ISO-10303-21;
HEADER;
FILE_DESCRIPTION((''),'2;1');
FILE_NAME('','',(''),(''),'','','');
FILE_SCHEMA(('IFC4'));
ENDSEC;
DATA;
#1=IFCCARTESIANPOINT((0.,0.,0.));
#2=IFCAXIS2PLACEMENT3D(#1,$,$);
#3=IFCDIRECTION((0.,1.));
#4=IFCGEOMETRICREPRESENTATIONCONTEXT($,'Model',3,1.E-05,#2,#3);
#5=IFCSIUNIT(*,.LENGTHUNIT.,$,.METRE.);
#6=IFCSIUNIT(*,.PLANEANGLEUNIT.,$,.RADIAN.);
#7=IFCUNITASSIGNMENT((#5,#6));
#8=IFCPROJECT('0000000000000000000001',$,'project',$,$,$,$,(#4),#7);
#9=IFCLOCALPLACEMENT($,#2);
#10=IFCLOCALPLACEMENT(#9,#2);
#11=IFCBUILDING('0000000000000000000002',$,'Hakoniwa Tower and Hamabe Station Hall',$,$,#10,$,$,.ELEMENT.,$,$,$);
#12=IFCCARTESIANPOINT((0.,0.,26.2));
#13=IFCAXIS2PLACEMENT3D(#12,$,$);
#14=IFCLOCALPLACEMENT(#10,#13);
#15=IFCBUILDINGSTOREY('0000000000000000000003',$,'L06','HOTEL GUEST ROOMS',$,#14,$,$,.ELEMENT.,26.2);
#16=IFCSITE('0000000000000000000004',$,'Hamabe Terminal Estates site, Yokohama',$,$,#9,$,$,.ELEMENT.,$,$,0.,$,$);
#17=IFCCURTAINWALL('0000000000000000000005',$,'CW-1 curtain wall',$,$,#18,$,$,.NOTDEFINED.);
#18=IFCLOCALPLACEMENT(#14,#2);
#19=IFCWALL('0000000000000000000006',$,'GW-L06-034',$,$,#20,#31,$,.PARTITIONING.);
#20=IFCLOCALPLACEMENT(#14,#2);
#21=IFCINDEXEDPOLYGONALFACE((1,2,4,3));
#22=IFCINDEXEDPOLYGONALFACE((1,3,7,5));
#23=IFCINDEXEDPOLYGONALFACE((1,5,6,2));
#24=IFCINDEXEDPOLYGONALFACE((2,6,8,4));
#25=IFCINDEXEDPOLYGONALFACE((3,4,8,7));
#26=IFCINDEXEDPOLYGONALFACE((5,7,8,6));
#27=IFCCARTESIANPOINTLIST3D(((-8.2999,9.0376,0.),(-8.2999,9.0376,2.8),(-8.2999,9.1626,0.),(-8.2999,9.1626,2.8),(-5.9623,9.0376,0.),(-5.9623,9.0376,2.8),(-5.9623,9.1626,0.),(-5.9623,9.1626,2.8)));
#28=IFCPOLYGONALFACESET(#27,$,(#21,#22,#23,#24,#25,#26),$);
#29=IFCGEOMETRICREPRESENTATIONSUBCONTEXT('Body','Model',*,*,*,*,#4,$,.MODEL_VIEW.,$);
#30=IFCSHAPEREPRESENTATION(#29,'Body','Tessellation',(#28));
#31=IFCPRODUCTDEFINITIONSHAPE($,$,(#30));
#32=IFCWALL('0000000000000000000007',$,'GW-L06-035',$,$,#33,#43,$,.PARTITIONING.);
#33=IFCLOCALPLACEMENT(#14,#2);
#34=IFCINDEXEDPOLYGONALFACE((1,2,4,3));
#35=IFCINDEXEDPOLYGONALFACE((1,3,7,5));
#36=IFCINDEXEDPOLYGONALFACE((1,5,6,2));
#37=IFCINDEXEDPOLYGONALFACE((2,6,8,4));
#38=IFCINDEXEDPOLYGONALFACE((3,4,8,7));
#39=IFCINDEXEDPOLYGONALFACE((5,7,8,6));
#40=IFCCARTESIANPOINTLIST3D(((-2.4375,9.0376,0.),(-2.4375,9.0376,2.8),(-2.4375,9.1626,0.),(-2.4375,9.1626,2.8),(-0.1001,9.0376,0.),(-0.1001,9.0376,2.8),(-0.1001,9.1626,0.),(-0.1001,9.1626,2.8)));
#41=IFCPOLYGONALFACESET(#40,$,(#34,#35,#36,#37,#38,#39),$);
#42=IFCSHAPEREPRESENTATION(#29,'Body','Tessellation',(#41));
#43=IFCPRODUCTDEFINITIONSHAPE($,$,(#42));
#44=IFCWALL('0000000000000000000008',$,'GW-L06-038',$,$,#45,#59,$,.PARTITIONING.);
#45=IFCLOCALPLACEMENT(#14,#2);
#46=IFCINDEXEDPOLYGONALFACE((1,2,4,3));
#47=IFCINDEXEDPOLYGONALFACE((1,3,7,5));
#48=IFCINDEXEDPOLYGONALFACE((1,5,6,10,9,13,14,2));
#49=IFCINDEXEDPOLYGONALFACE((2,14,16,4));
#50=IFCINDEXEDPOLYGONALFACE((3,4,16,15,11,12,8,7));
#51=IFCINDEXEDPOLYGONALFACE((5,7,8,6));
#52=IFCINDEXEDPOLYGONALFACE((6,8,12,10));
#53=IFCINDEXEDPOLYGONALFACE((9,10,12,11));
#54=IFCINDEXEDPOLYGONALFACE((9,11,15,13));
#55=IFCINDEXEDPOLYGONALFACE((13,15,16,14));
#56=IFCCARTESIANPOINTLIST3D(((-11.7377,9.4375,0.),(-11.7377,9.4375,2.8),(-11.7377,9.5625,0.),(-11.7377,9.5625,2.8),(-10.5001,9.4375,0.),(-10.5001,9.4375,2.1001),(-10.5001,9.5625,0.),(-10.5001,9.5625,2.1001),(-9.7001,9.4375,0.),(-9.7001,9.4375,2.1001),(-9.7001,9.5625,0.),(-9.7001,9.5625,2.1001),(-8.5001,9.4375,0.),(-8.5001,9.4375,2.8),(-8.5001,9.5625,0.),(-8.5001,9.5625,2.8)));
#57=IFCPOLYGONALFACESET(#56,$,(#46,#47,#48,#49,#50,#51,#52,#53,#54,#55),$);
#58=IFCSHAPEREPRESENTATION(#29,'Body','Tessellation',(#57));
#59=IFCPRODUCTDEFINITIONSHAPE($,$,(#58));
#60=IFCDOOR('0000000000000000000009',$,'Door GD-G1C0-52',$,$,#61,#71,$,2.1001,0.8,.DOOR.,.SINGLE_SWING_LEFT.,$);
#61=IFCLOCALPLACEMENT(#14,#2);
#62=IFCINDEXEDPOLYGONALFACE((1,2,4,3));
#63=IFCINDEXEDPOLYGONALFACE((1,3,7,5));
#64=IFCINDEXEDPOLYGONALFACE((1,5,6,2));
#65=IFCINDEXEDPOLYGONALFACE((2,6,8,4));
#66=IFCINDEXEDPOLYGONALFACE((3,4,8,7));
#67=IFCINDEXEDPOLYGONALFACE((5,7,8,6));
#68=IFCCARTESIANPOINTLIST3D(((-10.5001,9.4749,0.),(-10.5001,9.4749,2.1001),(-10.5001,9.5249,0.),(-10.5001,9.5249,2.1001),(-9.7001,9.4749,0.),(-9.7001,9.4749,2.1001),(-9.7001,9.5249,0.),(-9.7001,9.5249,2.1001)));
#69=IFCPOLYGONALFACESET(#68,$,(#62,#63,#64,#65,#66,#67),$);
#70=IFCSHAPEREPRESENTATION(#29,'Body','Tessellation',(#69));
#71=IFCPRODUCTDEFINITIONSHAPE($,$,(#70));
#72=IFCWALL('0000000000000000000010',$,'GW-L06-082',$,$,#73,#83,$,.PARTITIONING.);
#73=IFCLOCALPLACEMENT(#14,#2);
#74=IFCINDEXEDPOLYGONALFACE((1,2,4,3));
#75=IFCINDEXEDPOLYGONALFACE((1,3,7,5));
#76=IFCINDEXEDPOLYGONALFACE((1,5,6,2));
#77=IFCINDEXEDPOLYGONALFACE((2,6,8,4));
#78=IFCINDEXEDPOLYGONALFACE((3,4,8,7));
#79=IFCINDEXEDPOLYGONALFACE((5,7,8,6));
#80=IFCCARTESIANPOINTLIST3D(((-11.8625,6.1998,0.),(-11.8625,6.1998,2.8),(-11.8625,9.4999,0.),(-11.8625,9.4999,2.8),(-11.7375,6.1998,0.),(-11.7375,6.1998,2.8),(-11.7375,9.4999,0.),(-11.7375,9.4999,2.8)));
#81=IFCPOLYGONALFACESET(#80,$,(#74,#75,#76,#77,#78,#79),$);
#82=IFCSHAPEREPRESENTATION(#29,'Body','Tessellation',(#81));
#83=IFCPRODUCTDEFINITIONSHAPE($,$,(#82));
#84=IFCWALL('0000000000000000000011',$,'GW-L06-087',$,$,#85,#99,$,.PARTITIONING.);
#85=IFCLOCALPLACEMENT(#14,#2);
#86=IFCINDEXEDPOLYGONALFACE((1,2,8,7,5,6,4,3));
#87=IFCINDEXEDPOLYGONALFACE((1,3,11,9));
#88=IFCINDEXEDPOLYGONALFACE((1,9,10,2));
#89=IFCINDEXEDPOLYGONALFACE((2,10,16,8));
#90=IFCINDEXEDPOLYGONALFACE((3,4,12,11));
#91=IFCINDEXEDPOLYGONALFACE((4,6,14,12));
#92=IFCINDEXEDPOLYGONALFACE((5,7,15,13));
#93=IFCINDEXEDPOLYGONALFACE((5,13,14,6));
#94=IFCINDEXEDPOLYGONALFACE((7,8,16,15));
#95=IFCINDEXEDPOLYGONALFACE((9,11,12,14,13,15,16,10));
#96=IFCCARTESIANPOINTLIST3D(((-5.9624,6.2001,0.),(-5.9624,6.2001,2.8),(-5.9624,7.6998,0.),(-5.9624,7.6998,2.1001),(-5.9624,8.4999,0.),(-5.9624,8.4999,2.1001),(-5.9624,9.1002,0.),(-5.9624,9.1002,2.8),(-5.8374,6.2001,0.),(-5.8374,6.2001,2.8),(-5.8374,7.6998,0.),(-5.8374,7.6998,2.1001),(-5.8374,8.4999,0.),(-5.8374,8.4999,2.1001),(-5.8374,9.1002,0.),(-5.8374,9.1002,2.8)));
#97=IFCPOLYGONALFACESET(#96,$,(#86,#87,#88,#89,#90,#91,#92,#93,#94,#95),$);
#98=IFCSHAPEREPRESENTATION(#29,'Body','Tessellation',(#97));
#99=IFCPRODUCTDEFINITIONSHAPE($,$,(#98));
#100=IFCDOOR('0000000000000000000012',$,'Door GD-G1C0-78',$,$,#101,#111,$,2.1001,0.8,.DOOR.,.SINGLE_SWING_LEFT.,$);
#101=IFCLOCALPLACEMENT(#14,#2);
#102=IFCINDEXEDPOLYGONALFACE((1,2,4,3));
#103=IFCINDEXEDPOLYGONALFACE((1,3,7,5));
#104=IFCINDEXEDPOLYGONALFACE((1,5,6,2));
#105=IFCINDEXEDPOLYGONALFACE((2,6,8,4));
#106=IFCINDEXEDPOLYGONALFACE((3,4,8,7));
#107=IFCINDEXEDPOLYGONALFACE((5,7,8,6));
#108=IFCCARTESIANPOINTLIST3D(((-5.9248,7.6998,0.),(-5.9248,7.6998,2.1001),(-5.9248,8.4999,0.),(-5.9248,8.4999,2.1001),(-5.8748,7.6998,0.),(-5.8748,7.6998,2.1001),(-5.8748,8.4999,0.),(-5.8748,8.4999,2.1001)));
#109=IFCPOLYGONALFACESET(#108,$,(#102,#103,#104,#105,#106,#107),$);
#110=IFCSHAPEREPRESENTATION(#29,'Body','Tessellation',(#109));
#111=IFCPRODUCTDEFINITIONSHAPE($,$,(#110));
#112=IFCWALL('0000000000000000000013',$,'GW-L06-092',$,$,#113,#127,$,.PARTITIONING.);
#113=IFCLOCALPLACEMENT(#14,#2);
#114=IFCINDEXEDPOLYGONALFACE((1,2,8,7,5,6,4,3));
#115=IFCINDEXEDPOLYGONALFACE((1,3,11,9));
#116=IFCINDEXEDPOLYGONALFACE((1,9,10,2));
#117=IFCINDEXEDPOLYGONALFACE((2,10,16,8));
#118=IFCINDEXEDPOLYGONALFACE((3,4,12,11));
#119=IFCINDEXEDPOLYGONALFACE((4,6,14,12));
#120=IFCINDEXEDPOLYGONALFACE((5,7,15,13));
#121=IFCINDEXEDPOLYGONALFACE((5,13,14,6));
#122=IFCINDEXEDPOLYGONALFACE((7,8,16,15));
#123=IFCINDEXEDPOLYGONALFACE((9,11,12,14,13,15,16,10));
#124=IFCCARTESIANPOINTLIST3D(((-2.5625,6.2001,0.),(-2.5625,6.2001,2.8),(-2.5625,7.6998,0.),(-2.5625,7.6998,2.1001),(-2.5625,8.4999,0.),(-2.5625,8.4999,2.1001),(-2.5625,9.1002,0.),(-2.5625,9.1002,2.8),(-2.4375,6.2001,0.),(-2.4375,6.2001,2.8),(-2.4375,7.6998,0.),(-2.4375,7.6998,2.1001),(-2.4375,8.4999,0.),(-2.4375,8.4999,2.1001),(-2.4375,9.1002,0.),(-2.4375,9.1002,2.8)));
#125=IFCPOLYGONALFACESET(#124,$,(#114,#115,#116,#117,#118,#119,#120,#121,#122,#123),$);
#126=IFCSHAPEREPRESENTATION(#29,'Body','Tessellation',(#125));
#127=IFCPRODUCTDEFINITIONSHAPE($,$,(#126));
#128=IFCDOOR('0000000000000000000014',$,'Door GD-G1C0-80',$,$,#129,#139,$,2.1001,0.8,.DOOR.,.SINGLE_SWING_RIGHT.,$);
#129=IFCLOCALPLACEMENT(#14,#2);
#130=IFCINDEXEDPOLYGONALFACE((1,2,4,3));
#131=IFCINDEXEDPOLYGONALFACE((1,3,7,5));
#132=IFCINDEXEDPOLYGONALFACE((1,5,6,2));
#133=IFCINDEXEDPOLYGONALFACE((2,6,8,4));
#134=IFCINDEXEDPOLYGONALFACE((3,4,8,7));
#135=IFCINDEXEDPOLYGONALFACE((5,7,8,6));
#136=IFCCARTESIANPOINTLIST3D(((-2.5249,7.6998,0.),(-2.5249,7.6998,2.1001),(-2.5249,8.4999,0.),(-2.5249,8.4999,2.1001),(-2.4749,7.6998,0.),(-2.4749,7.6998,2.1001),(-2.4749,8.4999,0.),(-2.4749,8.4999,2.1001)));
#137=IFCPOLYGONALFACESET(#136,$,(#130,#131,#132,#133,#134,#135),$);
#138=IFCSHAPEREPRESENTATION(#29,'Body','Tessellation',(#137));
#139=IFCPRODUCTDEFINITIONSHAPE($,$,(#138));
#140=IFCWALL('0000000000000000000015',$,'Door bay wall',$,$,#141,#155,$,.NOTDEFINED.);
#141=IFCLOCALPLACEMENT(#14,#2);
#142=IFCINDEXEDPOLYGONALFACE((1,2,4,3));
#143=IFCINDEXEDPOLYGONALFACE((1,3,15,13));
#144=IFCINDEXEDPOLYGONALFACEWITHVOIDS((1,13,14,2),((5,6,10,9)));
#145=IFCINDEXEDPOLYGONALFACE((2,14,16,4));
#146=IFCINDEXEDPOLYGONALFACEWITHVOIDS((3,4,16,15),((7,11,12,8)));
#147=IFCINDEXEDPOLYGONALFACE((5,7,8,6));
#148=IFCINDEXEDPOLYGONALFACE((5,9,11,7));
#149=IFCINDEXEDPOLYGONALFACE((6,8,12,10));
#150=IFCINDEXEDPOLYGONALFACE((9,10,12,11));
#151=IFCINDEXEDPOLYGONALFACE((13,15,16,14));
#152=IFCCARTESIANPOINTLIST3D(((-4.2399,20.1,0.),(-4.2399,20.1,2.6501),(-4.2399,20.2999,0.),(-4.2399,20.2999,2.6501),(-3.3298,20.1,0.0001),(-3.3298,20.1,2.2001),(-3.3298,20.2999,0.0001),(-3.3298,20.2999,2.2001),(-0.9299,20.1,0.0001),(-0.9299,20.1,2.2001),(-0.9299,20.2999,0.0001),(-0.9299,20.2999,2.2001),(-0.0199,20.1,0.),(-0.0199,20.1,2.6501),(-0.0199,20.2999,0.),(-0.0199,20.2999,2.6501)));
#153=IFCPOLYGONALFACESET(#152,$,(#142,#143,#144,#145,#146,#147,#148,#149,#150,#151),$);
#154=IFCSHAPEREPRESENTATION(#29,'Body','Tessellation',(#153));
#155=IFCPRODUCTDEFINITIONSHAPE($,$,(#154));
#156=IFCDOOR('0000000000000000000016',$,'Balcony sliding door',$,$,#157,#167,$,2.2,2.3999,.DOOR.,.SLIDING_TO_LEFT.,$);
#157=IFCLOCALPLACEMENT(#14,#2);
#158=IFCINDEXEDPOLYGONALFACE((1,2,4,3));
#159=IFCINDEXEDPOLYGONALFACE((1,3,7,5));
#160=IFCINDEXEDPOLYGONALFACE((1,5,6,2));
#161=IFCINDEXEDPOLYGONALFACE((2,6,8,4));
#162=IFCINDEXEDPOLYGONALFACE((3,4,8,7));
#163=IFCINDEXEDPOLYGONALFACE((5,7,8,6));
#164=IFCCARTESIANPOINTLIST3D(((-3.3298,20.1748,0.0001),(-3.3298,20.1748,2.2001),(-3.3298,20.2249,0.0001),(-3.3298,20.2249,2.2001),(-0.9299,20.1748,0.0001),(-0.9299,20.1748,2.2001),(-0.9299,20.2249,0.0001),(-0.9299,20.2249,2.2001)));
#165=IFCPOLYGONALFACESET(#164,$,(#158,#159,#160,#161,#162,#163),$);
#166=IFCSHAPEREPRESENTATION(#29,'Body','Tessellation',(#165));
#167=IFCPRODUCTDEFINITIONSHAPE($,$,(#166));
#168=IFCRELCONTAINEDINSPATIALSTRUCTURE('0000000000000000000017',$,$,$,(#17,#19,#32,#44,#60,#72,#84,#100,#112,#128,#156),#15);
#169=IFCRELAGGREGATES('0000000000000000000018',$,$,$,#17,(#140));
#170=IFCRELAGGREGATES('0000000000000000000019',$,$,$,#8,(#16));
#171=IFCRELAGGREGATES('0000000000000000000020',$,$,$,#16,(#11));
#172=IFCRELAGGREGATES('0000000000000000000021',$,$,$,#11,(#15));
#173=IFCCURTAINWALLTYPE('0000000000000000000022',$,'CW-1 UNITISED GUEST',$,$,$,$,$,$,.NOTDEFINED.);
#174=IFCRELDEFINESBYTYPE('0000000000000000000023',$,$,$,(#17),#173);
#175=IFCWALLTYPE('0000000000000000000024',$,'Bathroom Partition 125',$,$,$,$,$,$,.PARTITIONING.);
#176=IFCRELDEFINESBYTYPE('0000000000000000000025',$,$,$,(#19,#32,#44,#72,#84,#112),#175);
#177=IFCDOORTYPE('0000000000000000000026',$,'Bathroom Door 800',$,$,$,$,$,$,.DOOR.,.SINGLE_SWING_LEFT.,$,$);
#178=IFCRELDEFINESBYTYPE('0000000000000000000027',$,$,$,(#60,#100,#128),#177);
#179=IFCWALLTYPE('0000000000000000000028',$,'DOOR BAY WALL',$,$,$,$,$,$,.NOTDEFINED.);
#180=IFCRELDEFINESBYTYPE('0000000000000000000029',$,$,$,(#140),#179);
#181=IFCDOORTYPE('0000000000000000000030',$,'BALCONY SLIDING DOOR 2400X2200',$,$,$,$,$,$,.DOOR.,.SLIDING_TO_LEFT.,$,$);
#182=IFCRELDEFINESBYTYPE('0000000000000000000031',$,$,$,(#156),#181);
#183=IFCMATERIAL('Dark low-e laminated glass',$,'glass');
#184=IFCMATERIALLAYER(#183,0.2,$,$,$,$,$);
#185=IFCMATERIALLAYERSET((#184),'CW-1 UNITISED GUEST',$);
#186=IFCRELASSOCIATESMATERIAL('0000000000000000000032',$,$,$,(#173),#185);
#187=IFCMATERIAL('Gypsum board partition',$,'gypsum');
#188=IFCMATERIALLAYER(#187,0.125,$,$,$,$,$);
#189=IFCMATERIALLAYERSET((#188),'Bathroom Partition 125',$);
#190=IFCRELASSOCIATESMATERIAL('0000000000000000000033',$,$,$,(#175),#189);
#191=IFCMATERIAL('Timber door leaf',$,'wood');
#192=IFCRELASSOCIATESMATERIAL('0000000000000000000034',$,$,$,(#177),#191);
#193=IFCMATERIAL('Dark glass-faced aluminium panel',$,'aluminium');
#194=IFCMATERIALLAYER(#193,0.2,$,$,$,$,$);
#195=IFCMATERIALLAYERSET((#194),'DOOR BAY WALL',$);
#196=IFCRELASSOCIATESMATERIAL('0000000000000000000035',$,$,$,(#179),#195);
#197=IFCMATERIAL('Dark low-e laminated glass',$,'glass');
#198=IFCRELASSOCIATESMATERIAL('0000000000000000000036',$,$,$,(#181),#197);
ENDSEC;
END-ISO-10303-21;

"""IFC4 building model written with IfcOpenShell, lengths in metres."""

from ifc_helpers import new_model, si_unit, direction, frame, frame_2d, origin, place, context, subcontext, project, spatial, rectangle, extrude, material, layer, layer_set, type_object, element, fill, aggregate, save


model = new_model("IFC4")

# Units and contexts
model_context = context("Model", 3, precision=1e-05, world=origin(), true_north=direction((0.0, 1.0)))
body_context = subcontext(model_context, "Body", "Model", "MODEL_VIEW")
ifc_project = project(units=[si_unit("LENGTHUNIT", "METRE"), si_unit("PLANEANGLEUNIT", "RADIAN")], contexts=[model_context])

# Site, building, storey
site_placement = place(None, origin())
site = spatial("IfcSite", under=ifc_project, at=site_placement, Name="Hamabe Terminal Estates site, Yokohama", CompositionType="ELEMENT", RefElevation=0.0)
building_placement = place(site_placement, origin())
building = spatial("IfcBuilding", under=site, at=building_placement, Name="Hakoniwa Tower and Hamabe Station Hall", CompositionType="ELEMENT")
storey_placement = place(building_placement, frame((0.0, 0.0, 26.2)))
storey = spatial("IfcBuildingStorey", under=building, at=storey_placement, Name="L06", Description="HOTEL GUEST ROOMS", CompositionType="ELEMENT", Elevation=26.2)

# Curtain wall
ifc_material_1 = material(Name="Dark low-e laminated glass", Category="glass")
ifc_layer_1 = layer(ifc_material_1, 0.2)
ifc_layer_set_1 = layer_set([ifc_layer_1], Name="CW-1 UNITISED GUEST")
curtain_wall_type = type_object("IfcCurtainWallType", Name="CW-1 UNITISED GUEST", PredefinedType="NOTDEFINED", material=ifc_layer_set_1)
curtain_wall_1_placement = place(storey_placement, origin())
curtain_wall_1 = element("IfcCurtainWall", 1, at=curtain_wall_1_placement, inside=storey, type_object=curtain_wall_type, Name="CW-1 curtain wall", PredefinedType="NOTDEFINED")

# Walls
ifc_material_2 = material(Name="Gypsum board partition", Category="gypsum")
ifc_layer_2 = layer(ifc_material_2, 0.125)
ifc_layer_set_2 = layer_set([ifc_layer_2], Name="Bathroom Partition 125")
wall_type_1 = type_object("IfcWallType", Name="Bathroom Partition 125", PredefinedType="PARTITIONING", material=ifc_layer_set_2)
wall_1_placement = place(storey_placement, frame((-8.3, 9.1001, 0.0), z_axis=(0.0, 0.0, 1.0), x_axis=(1.0, 0.0, 0.0)))
element("IfcWall", 2, at=wall_1_placement, inside=storey, type_object=wall_type_1, Name="GW-L06-034", PredefinedType="PARTITIONING", context=body_context, shape_type="SweptSolid", body=[
    extrude(rectangle(XDim=2.3376, YDim=0.125, at=frame_2d((1.1689, 0.0))), origin(), (0.0, 0.0, 1.0), 2.8),
])
wall_2_placement = place(storey_placement, frame((-2.4375, 9.1001, 0.0), z_axis=(0.0, 0.0, 1.0), x_axis=(1.0, 0.0, 0.0)))
element("IfcWall", 3, at=wall_2_placement, inside=storey, type_object=wall_type_1, Name="GW-L06-035", PredefinedType="PARTITIONING", context=body_context, shape_type="SweptSolid", body=[
    extrude(rectangle(XDim=2.3374, YDim=0.125, at=frame_2d((1.1687, 0.0))), origin(), (0.0, 0.0, 1.0), 2.8),
])

# Wall, opening, door
wall_3_placement = place(storey_placement, frame((-11.7375, 9.5, 0.0), z_axis=(0.0, 0.0, 1.0), x_axis=(1.0, 0.0, 0.0)))
wall_3 = element("IfcWall", 4, at=wall_3_placement, inside=storey, type_object=wall_type_1, Name="GW-L06-038", PredefinedType="PARTITIONING", context=body_context, shape_type="SweptSolid", body=[
    extrude(rectangle(XDim=3.2375, YDim=0.125, at=frame_2d((1.6187, 0.0))), origin(), (0.0, 0.0, 1.0), 2.8),
])
opening_1_placement = place(wall_3_placement, frame((1.2375, 0.0, 0.0)))
opening_1 = element("IfcOpeningElement", 5, at=opening_1_placement, cuts=wall_3, PredefinedType="OPENING", context=body_context, shape_type="SweptSolid", body=[
    extrude(rectangle(XDim=0.8, YDim=2.1001, at=frame_2d((0.3999, 1.05))), frame((0.0, 0.0725, 0.0), z_axis=(0.0, -1.0, 0.0), x_axis=(1.0, 0.0, 0.0)), (0.0, 0.0, 1.0), 0.145),
])
ifc_material_3 = material(Name="Timber door leaf", Category="wood")
door_type_1 = type_object("IfcDoorType", Name="Bathroom Door 800", OperationType="SINGLE_SWING_LEFT", PredefinedType="DOOR", material=ifc_material_3)
door_1_placement = place(opening_1_placement, origin())
door_1 = element("IfcDoor", 6, at=door_1_placement, inside=storey, type_object=door_type_1, Name="Door GD-G1C0-52", OperationType="SINGLE_SWING_LEFT", OverallHeight=2.1001, OverallWidth=0.8, PredefinedType="DOOR", context=body_context, shape_type="SweptSolid", body=[
    extrude(rectangle(XDim=0.8, YDim=2.1001, at=frame_2d((0.3999, 1.05))), frame((0.0, 0.0249, 0.0), z_axis=(0.0, -1.0, 0.0), x_axis=(1.0, 0.0, 0.0)), (0.0, 0.0, 1.0), 0.05),
])
fill(opening_1, door_1)

# Wall
wall_4_placement = place(storey_placement, frame((-11.8, 6.2, 0.0), z_axis=(0.0, 0.0, 1.0), x_axis=(0.0, 1.0, 0.0)))
element("IfcWall", 7, at=wall_4_placement, inside=storey, type_object=wall_type_1, Name="GW-L06-082", PredefinedType="PARTITIONING", context=body_context, shape_type="SweptSolid", body=[
    extrude(rectangle(XDim=3.3, YDim=0.125, at=frame_2d((1.6499, 0.0))), origin(), (0.0, 0.0, 1.0), 2.8),
])

# Walls, openings, doors
wall_5_placement = place(storey_placement, frame((-5.8999, 6.2, 0.0), z_axis=(0.0, 0.0, 1.0), x_axis=(0.0, 1.0, 0.0)))
wall_5 = element("IfcWall", 8, at=wall_5_placement, inside=storey, type_object=wall_type_1, Name="GW-L06-087", PredefinedType="PARTITIONING", context=body_context, shape_type="SweptSolid", body=[
    extrude(rectangle(XDim=2.9001, YDim=0.125, at=frame_2d((1.4502, 0.0))), origin(), (0.0, 0.0, 1.0), 2.8),
])
opening_2_placement = place(wall_5_placement, frame((1.5, 0.0, 0.0)))
opening_2 = element("IfcOpeningElement", 9, at=opening_2_placement, cuts=wall_5, PredefinedType="OPENING", context=body_context, shape_type="SweptSolid", body=[
    extrude(rectangle(XDim=0.8, YDim=2.1001, at=frame_2d((0.3999, 1.05))), frame((0.0, 0.0725, 0.0), z_axis=(0.0, -1.0, 0.0), x_axis=(1.0, 0.0, 0.0)), (0.0, 0.0, 1.0), 0.145),
])
door_2_placement = place(opening_2_placement, origin())
door_2 = element("IfcDoor", 10, at=door_2_placement, inside=storey, type_object=door_type_1, Name="Door GD-G1C0-78", OperationType="SINGLE_SWING_LEFT", OverallHeight=2.1001, OverallWidth=0.8, PredefinedType="DOOR", context=body_context, shape_type="SweptSolid", body=[
    extrude(rectangle(XDim=0.8, YDim=2.1001, at=frame_2d((0.3999, 1.05))), frame((0.0, 0.0249, 0.0), z_axis=(0.0, -1.0, 0.0), x_axis=(1.0, 0.0, 0.0)), (0.0, 0.0, 1.0), 0.05),
])
fill(opening_2, door_2)
wall_6_placement = place(storey_placement, frame((-2.5, 6.2, 0.0), z_axis=(0.0, 0.0, 1.0), x_axis=(0.0, 1.0, 0.0)))
wall_6 = element("IfcWall", 11, at=wall_6_placement, inside=storey, type_object=wall_type_1, Name="GW-L06-092", PredefinedType="PARTITIONING", context=body_context, shape_type="SweptSolid", body=[
    extrude(rectangle(XDim=2.9001, YDim=0.125, at=frame_2d((1.4502, 0.0))), origin(), (0.0, 0.0, 1.0), 2.8),
])
opening_3_placement = place(wall_6_placement, frame((1.5, 0.0, 0.0)))
opening_3 = element("IfcOpeningElement", 12, at=opening_3_placement, cuts=wall_6, PredefinedType="OPENING", context=body_context, shape_type="SweptSolid", body=[
    extrude(rectangle(XDim=0.8, YDim=2.1001, at=frame_2d((0.3999, 1.05))), frame((0.0, 0.0725, 0.0), z_axis=(0.0, -1.0, 0.0), x_axis=(1.0, 0.0, 0.0)), (0.0, 0.0, 1.0), 0.145),
])
door_3_placement = place(opening_3_placement, origin())
door_3 = element("IfcDoor", 13, at=door_3_placement, inside=storey, type_object=door_type_1, Name="Door GD-G1C0-80", OperationType="SINGLE_SWING_RIGHT", OverallHeight=2.1001, OverallWidth=0.8, PredefinedType="DOOR", context=body_context, shape_type="SweptSolid", body=[
    extrude(rectangle(XDim=0.8, YDim=2.1001, at=frame_2d((0.3999, 1.05))), frame((0.0, 0.0249, 0.0), z_axis=(0.0, -1.0, 0.0), x_axis=(1.0, 0.0, 0.0)), (0.0, 0.0, 1.0), 0.05),
])
fill(opening_3, door_3)
ifc_material_4 = material(Name="Dark glass-faced aluminium panel", Category="aluminium")
ifc_layer_3 = layer(ifc_material_4, 0.2)
ifc_layer_set_3 = layer_set([ifc_layer_3], Name="DOOR BAY WALL")
wall_type_2 = type_object("IfcWallType", Name="DOOR BAY WALL", PredefinedType="NOTDEFINED", material=ifc_layer_set_3)
wall_7_placement = place(storey_placement, frame((-0.02, 20.2, 0.0), z_axis=(0.0, 0.0, 1.0), x_axis=(-1.0, 0.0, 0.0)))
wall_7 = element("IfcWall", 14, at=wall_7_placement, type_object=wall_type_2, Name="Door bay wall", PredefinedType="NOTDEFINED", context=body_context, shape_type="SweptSolid", body=[
    extrude(rectangle(XDim=4.22, YDim=0.2, at=frame_2d((2.1099, 0.0))), origin(), (0.0, 0.0, 1.0), 2.6501),
])
opening_4_placement = place(wall_7_placement, frame((0.9099, 0.0, 0.0)))
opening_4 = element("IfcOpeningElement", 15, at=opening_4_placement, cuts=wall_7, PredefinedType="OPENING", context=body_context, shape_type="SweptSolid", body=[
    extrude(rectangle(XDim=2.3999, YDim=2.2, at=frame_2d((1.2, 1.1001))), frame((0.0, 0.1099, 0.0), z_axis=(0.0, -1.0, 0.0), x_axis=(1.0, 0.0, 0.0)), (0.0, 0.0, 1.0), 0.22),
])
ifc_material_5 = material(Name="Dark low-e laminated glass", Category="glass")
door_type_2 = type_object("IfcDoorType", Name="BALCONY SLIDING DOOR 2400X2200", OperationType="SLIDING_TO_LEFT", PredefinedType="DOOR", material=ifc_material_5)
door_4_placement = place(opening_4_placement, frame((2.3999, 0.0, 0.0), z_axis=(0.0, 0.0, 1.0), x_axis=(-1.0, 0.0, 0.0)))
door_4 = element("IfcDoor", 16, at=door_4_placement, inside=storey, type_object=door_type_2, Name="Balcony sliding door", OperationType="SLIDING_TO_LEFT", OverallHeight=2.2, OverallWidth=2.3999, PredefinedType="DOOR", context=body_context, shape_type="SweptSolid", body=[
    extrude(rectangle(XDim=2.3999, YDim=2.2, at=frame_2d((1.2, 1.1001))), frame((0.0, 0.0249, 0.0), z_axis=(0.0, -1.0, 0.0), x_axis=(1.0, 0.0, 0.0)), (0.0, 0.0, 1.0), 0.05),
])
fill(opening_4, door_4)
aggregate(curtain_wall_1, [wall_7])

save(model, "model.ifc")
